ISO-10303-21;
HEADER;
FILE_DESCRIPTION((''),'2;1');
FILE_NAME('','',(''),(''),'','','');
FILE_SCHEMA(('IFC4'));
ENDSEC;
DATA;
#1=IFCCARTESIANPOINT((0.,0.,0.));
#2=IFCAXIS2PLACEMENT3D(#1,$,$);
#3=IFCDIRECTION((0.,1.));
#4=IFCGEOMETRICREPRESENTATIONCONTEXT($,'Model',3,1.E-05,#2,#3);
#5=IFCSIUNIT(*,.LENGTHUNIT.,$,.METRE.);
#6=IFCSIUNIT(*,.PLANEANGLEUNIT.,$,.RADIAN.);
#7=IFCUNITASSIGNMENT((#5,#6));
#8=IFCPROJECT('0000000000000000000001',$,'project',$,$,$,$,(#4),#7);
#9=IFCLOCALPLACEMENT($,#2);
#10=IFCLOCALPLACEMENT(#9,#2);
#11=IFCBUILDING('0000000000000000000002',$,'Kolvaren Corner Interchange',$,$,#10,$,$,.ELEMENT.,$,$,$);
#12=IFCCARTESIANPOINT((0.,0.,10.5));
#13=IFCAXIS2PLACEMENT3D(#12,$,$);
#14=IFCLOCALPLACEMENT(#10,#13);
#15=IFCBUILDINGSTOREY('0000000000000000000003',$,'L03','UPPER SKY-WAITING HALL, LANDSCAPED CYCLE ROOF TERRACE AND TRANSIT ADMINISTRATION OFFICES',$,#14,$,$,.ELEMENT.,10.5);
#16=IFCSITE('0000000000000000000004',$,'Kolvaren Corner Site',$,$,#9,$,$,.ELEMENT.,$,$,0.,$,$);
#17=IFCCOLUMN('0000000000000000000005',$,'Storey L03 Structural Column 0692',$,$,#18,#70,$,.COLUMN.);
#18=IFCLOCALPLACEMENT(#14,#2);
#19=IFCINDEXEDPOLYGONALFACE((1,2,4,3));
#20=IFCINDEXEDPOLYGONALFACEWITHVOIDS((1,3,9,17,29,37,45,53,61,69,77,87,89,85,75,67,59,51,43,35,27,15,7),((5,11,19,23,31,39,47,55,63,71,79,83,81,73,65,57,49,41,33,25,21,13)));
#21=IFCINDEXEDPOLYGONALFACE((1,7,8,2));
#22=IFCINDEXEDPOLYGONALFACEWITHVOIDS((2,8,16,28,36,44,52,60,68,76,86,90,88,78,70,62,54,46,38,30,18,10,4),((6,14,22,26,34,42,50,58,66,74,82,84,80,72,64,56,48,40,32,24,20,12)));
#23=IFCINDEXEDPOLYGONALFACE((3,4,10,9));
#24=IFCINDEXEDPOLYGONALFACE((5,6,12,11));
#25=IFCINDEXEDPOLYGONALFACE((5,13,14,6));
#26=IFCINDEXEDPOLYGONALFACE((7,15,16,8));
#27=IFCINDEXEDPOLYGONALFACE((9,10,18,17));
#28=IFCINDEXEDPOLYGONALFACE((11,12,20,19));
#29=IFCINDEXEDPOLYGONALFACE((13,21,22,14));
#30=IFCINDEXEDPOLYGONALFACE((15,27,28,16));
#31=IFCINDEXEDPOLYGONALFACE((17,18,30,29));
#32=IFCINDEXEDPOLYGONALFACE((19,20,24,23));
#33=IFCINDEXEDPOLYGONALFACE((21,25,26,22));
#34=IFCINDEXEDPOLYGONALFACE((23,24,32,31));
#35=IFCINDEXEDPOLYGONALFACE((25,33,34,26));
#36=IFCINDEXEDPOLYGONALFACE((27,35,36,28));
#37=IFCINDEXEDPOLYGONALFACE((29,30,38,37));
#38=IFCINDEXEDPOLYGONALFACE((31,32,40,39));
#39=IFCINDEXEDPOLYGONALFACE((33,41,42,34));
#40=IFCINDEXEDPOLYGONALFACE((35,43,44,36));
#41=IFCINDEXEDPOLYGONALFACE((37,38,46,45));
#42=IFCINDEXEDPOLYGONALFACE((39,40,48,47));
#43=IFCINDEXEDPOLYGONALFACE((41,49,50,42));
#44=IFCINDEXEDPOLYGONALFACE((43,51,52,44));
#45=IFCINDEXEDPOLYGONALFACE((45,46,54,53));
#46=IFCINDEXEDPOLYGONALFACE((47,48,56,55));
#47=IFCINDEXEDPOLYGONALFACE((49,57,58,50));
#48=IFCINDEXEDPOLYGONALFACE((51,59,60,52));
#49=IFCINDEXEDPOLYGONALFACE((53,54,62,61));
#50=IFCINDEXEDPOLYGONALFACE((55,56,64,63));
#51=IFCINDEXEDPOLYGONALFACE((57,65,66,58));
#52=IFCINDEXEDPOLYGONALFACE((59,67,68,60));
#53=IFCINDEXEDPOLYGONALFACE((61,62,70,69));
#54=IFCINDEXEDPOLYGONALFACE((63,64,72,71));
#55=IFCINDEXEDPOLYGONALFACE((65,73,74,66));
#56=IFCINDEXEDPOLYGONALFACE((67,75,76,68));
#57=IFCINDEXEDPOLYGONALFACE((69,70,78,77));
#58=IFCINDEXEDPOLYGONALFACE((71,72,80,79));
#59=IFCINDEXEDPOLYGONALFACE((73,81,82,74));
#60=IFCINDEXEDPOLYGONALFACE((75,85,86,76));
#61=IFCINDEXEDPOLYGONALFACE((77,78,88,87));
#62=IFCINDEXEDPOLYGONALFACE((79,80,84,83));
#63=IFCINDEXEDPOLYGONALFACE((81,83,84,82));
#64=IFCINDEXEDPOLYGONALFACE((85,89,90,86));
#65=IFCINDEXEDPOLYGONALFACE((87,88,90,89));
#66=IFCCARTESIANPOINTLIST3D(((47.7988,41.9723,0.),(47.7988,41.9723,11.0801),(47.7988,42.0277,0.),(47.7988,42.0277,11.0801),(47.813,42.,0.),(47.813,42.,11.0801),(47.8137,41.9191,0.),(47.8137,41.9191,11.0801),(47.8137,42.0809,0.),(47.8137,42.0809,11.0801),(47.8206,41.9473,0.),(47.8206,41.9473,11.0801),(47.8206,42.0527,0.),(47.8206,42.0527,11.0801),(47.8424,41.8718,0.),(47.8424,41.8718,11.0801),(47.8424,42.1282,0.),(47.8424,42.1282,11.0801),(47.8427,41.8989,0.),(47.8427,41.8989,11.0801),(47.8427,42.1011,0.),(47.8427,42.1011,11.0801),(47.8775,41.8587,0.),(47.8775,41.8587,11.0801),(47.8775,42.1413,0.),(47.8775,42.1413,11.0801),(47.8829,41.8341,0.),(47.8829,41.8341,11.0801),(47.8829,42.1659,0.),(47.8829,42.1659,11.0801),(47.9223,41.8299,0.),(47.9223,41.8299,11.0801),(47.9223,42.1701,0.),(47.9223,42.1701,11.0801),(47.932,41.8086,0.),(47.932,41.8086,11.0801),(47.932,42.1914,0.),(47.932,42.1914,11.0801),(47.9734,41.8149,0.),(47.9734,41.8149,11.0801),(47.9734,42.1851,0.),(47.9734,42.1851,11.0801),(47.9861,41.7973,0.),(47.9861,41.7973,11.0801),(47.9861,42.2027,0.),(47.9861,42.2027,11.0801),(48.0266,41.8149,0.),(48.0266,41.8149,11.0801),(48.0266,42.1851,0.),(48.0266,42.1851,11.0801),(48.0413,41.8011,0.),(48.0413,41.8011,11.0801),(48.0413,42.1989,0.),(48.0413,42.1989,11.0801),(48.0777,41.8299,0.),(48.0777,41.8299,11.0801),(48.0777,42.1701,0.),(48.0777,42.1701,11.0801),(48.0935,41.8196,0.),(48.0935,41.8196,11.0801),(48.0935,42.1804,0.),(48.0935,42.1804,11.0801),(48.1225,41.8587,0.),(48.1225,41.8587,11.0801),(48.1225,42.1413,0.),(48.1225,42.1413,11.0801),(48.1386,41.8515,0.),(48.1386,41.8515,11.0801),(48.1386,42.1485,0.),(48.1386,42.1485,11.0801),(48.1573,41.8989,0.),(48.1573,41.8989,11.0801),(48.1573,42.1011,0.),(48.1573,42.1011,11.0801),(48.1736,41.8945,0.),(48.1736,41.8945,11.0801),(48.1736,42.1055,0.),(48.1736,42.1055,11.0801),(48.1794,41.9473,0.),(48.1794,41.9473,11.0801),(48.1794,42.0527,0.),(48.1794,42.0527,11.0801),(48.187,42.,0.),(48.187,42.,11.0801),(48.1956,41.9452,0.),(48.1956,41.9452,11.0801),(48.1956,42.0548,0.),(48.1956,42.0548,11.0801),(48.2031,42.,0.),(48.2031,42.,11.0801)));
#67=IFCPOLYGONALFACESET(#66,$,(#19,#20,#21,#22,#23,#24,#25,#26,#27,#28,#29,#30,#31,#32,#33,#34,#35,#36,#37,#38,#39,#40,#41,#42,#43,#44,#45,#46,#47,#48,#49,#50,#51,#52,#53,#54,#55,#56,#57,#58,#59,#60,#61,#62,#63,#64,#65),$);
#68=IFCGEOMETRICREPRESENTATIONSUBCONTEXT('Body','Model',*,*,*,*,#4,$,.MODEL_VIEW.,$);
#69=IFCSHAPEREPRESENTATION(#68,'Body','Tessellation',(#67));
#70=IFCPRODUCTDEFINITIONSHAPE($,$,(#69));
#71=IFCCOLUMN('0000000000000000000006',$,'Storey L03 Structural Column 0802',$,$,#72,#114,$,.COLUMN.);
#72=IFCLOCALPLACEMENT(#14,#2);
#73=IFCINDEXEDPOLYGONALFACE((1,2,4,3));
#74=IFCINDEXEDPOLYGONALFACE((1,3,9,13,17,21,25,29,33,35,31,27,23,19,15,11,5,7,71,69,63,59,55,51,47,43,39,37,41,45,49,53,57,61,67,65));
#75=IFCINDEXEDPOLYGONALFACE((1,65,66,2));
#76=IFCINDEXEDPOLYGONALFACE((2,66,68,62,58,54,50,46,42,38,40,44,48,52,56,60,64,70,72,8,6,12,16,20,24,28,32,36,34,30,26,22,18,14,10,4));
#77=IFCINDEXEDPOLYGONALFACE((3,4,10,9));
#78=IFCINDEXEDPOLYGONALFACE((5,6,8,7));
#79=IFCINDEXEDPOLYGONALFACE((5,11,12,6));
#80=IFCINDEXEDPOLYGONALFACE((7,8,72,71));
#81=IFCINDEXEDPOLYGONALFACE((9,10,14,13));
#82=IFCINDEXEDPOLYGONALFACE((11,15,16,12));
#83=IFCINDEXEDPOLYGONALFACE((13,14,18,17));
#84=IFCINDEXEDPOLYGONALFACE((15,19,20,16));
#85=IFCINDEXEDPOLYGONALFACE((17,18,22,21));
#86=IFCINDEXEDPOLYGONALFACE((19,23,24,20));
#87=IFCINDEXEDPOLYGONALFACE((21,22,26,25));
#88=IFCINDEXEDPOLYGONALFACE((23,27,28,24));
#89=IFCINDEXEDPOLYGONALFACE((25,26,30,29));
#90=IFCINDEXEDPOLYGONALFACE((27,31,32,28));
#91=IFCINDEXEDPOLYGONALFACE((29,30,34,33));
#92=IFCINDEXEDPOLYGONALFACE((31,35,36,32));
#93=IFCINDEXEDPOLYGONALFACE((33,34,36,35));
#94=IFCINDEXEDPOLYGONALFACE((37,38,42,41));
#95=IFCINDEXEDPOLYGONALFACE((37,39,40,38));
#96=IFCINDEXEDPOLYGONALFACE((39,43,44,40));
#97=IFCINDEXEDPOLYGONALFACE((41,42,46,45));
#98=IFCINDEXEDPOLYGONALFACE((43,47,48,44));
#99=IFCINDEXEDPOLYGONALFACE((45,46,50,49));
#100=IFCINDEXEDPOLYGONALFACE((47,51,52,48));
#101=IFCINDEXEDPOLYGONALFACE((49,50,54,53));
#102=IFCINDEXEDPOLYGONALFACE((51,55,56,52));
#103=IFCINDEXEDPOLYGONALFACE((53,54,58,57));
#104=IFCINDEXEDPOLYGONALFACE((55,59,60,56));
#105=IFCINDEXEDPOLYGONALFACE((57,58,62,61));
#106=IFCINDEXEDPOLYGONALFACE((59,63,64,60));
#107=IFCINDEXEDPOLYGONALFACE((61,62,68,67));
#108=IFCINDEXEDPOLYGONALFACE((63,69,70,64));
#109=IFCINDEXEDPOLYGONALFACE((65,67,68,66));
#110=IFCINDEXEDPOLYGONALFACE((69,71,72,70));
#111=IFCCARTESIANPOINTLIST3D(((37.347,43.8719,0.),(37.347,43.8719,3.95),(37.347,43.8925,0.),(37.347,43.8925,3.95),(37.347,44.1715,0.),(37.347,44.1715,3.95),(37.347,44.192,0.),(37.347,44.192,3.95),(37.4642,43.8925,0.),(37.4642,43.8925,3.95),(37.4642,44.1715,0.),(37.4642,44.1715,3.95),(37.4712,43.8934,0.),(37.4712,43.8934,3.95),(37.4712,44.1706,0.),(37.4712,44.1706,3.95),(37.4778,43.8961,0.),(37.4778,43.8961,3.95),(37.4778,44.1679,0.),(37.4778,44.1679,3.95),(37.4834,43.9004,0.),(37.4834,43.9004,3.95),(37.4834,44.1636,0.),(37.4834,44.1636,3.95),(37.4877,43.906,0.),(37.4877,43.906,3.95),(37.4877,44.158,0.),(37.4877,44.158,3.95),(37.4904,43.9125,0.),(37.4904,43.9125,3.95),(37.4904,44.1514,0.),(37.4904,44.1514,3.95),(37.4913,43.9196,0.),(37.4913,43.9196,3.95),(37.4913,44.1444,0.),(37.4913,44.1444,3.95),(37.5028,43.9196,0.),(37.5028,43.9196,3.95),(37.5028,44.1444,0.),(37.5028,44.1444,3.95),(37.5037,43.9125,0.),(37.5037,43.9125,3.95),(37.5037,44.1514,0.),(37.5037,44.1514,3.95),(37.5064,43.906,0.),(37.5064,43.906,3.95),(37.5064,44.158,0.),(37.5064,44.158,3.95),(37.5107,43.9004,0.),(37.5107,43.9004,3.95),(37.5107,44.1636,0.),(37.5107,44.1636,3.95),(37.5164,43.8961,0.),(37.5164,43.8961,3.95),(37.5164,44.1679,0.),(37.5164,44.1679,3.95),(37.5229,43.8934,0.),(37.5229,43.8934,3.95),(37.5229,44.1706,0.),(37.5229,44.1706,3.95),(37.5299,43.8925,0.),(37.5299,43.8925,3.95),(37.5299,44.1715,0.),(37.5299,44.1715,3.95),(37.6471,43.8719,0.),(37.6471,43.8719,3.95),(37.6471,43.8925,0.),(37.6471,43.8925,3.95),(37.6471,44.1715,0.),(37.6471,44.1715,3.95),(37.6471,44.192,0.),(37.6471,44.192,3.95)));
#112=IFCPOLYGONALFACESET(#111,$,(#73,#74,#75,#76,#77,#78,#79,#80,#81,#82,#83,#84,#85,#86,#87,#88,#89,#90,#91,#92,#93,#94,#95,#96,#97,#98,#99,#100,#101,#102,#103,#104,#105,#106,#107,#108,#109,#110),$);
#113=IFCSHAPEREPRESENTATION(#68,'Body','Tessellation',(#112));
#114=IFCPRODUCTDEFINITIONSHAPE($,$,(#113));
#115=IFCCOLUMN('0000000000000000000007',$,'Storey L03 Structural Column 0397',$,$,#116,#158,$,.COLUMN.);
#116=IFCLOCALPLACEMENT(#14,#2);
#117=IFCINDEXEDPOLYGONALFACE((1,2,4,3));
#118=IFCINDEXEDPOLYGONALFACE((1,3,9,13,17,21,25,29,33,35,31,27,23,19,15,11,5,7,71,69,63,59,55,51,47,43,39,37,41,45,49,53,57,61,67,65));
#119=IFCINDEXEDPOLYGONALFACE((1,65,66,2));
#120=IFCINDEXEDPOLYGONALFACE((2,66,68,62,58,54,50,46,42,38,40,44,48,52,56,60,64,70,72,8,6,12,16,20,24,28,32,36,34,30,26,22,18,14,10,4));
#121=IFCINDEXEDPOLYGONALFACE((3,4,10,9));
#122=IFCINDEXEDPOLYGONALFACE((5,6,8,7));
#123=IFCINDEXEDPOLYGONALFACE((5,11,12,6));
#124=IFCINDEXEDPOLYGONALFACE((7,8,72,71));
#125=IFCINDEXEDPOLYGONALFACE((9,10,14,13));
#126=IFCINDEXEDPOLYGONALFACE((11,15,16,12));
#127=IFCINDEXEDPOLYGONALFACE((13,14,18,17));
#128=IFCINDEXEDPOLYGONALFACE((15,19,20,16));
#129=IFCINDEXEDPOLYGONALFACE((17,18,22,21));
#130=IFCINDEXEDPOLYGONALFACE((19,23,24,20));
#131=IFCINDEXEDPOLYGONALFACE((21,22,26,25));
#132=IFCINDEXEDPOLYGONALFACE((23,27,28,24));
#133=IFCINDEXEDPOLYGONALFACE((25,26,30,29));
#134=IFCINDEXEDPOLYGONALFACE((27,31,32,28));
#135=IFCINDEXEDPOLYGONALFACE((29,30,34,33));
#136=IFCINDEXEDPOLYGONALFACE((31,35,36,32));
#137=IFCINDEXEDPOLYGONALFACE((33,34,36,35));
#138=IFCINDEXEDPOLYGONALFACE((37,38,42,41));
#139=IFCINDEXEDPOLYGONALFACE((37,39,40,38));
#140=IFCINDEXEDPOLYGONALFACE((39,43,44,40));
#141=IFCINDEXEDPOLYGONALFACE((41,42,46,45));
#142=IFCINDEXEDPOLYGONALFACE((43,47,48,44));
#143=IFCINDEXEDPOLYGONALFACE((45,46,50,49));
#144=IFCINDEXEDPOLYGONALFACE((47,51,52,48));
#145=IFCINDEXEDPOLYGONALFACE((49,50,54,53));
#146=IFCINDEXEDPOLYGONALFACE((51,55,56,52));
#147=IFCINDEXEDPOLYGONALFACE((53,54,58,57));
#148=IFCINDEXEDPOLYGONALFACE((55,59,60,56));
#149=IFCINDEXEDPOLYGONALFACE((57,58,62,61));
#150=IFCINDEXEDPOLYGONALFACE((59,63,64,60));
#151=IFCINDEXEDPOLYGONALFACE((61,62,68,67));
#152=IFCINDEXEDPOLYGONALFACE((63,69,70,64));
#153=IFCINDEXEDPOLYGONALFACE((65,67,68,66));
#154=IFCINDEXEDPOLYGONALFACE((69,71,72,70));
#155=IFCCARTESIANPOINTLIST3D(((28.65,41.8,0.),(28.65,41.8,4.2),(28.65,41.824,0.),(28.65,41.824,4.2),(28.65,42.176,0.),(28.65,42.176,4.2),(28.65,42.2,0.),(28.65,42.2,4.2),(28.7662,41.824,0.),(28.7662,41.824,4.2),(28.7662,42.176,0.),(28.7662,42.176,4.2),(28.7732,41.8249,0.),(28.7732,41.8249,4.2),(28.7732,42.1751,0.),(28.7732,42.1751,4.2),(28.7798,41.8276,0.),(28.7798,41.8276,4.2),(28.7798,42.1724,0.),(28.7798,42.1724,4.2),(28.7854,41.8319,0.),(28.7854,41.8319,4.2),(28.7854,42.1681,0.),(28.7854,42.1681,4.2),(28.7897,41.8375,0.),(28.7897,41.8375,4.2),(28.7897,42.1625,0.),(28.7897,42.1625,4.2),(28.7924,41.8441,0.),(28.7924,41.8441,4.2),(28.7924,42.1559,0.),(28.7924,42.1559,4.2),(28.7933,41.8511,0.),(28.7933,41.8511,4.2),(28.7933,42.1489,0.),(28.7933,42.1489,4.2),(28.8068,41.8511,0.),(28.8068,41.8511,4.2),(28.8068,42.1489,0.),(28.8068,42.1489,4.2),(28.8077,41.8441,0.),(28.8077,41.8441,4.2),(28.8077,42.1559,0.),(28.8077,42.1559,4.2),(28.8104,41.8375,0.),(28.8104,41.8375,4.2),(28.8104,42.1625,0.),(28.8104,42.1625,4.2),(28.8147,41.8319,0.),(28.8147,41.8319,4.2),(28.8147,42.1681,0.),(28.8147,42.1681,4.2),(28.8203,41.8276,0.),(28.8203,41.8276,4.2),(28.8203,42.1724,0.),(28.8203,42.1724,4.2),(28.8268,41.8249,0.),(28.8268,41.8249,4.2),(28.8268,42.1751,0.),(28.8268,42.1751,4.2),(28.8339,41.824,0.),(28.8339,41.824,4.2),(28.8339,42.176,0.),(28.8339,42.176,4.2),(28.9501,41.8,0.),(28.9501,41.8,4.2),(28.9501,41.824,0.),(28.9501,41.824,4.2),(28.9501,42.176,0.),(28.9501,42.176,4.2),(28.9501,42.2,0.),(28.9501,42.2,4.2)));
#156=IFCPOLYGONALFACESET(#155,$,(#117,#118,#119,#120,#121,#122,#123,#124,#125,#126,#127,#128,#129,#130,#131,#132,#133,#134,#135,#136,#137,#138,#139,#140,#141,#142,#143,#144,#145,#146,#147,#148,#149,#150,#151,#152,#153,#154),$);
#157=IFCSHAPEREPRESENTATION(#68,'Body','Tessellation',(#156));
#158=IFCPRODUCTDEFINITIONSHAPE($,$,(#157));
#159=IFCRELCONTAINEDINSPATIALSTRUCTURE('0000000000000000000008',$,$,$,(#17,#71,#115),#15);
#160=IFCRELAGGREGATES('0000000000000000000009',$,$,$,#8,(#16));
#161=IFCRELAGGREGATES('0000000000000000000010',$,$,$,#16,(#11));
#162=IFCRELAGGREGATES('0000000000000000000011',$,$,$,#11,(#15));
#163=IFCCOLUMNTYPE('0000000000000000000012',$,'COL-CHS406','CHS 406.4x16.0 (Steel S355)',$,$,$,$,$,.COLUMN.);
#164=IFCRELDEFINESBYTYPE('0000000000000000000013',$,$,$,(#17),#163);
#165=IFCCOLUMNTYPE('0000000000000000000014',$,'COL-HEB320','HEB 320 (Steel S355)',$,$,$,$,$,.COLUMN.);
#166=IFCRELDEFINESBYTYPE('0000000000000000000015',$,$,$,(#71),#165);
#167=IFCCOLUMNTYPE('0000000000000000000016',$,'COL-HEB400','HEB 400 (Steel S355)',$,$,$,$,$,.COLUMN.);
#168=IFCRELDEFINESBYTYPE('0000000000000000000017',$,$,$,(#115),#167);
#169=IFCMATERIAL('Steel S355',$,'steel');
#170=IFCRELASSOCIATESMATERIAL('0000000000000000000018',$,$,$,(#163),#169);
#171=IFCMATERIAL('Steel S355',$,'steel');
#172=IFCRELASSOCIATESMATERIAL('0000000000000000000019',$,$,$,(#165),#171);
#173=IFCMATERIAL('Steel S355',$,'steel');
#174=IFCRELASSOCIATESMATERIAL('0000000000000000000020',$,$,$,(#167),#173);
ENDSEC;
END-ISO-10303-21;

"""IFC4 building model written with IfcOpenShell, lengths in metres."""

from ifc_helpers import new_model, si_unit, direction, frame, origin, origin_2d, place, context, subcontext, project, spatial, hollow_circle, i_section, extrude, material, material_profile, profile_set, type_object, element, save


model = new_model("IFC4")

# Units and contexts
model_context = context("Model", 3, precision=1e-05, world=origin(), true_north=direction((0.0, 1.0)))
body_context = subcontext(model_context, "Body", "Model", "MODEL_VIEW")
ifc_project = project(units=[si_unit("LENGTHUNIT", "METRE"), si_unit("PLANEANGLEUNIT", "RADIAN")], contexts=[model_context])

# Site, building, storey
site_placement = place(None, origin())
site = spatial("IfcSite", under=ifc_project, at=site_placement, Name="Kolvaren Corner Site", CompositionType="ELEMENT", RefElevation=0.0)
building_placement = place(site_placement, origin())
building = spatial("IfcBuilding", under=site, at=building_placement, Name="Kolvaren Corner Interchange", CompositionType="ELEMENT")
storey_placement = place(building_placement, frame((0.0, 0.0, 10.5)))
storey = spatial("IfcBuildingStorey", under=building, at=storey_placement, Name="L03", Description="UPPER SKY-WAITING HALL, LANDSCAPED CYCLE ROOF TERRACE AND TRANSIT ADMINISTRATION OFFICES", CompositionType="ELEMENT", Elevation=10.5)

# Columns
ifc_material_1 = material(Name="Steel S355", Category="steel")
ifc_material_profile_1 = material_profile(ifc_material_1, hollow_circle(Radius=0.2031, WallThickness=0.0161, at=origin_2d()), Name="CHS 406.4x16.0")
ifc_profile_set_1 = profile_set([ifc_material_profile_1], Name="Steel S355")
column_type_1 = type_object("IfcColumnType", Name="COL-CHS406", Description="CHS 406.4x16.0 (Steel S355)", PredefinedType="COLUMN", material=ifc_profile_set_1)
column_1_placement = place(storey_placement, frame((48.0, 42.0, 0.0), z_axis=(0.0, 0.0, 1.0), x_axis=(1.0, 0.0, 0.0)))
element("IfcColumn", 1, at=column_1_placement, inside=storey, type_object=column_type_1, Name="Storey L03 Structural Column 0692", PredefinedType="COLUMN", context=body_context, shape_type="SweptSolid", body=[
    extrude(hollow_circle(Radius=0.2031, WallThickness=0.0161, at=origin_2d()), origin(), (0.0, 0.0, 1.0), 11.0801),
])
ifc_material_2 = material(Name="Steel S355", Category="steel")
ifc_material_profile_2 = material_profile(ifc_material_2, i_section(OverallWidth=0.3, OverallDepth=0.3201, WebThickness=0.0115, FlangeThickness=0.0205, FilletRadius=0.0271, at=origin_2d()), Name="HEB 320")
ifc_profile_set_2 = profile_set([ifc_material_profile_2], Name="Steel S355")
column_type_2 = type_object("IfcColumnType", Name="COL-HEB320", Description="HEB 320 (Steel S355)", PredefinedType="COLUMN", material=ifc_profile_set_2)
column_2_placement = place(storey_placement, frame((37.4971, 44.032, 0.0), z_axis=(0.0, 0.0, 1.0), x_axis=(1.0, 0.0, 0.0)))
element("IfcColumn", 2, at=column_2_placement, inside=storey, type_object=column_type_2, Name="Storey L03 Structural Column 0802", PredefinedType="COLUMN", context=body_context, shape_type="SweptSolid", body=[
    extrude(i_section(OverallWidth=0.3, OverallDepth=0.3201, WebThickness=0.0115, FlangeThickness=0.0205, FilletRadius=0.0271, at=origin_2d()), origin(), (0.0, 0.0, 1.0), 3.95),
])
ifc_material_3 = material(Name="Steel S355", Category="steel")
ifc_material_profile_3 = material_profile(ifc_material_3, i_section(OverallWidth=0.3, OverallDepth=0.3999, WebThickness=0.0134, FlangeThickness=0.0239, FilletRadius=0.0271, at=origin_2d()), Name="HEB 400")
ifc_profile_set_3 = profile_set([ifc_material_profile_3], Name="Steel S355")
column_type_3 = type_object("IfcColumnType", Name="COL-HEB400", Description="HEB 400 (Steel S355)", PredefinedType="COLUMN", material=ifc_profile_set_3)
column_3_placement = place(storey_placement, frame((28.8, 42.0, 0.0), z_axis=(0.0, 0.0, 1.0), x_axis=(1.0, 0.0, 0.0)))
element("IfcColumn", 3, at=column_3_placement, inside=storey, type_object=column_type_3, Name="Storey L03 Structural Column 0397", PredefinedType="COLUMN", context=body_context, shape_type="SweptSolid", body=[
    extrude(i_section(OverallWidth=0.3, OverallDepth=0.3999, WebThickness=0.0134, FlangeThickness=0.0239, FilletRadius=0.0271, at=origin_2d()), origin(), (0.0, 0.0, 1.0), 4.2),
])

save(model, "model.ifc")
